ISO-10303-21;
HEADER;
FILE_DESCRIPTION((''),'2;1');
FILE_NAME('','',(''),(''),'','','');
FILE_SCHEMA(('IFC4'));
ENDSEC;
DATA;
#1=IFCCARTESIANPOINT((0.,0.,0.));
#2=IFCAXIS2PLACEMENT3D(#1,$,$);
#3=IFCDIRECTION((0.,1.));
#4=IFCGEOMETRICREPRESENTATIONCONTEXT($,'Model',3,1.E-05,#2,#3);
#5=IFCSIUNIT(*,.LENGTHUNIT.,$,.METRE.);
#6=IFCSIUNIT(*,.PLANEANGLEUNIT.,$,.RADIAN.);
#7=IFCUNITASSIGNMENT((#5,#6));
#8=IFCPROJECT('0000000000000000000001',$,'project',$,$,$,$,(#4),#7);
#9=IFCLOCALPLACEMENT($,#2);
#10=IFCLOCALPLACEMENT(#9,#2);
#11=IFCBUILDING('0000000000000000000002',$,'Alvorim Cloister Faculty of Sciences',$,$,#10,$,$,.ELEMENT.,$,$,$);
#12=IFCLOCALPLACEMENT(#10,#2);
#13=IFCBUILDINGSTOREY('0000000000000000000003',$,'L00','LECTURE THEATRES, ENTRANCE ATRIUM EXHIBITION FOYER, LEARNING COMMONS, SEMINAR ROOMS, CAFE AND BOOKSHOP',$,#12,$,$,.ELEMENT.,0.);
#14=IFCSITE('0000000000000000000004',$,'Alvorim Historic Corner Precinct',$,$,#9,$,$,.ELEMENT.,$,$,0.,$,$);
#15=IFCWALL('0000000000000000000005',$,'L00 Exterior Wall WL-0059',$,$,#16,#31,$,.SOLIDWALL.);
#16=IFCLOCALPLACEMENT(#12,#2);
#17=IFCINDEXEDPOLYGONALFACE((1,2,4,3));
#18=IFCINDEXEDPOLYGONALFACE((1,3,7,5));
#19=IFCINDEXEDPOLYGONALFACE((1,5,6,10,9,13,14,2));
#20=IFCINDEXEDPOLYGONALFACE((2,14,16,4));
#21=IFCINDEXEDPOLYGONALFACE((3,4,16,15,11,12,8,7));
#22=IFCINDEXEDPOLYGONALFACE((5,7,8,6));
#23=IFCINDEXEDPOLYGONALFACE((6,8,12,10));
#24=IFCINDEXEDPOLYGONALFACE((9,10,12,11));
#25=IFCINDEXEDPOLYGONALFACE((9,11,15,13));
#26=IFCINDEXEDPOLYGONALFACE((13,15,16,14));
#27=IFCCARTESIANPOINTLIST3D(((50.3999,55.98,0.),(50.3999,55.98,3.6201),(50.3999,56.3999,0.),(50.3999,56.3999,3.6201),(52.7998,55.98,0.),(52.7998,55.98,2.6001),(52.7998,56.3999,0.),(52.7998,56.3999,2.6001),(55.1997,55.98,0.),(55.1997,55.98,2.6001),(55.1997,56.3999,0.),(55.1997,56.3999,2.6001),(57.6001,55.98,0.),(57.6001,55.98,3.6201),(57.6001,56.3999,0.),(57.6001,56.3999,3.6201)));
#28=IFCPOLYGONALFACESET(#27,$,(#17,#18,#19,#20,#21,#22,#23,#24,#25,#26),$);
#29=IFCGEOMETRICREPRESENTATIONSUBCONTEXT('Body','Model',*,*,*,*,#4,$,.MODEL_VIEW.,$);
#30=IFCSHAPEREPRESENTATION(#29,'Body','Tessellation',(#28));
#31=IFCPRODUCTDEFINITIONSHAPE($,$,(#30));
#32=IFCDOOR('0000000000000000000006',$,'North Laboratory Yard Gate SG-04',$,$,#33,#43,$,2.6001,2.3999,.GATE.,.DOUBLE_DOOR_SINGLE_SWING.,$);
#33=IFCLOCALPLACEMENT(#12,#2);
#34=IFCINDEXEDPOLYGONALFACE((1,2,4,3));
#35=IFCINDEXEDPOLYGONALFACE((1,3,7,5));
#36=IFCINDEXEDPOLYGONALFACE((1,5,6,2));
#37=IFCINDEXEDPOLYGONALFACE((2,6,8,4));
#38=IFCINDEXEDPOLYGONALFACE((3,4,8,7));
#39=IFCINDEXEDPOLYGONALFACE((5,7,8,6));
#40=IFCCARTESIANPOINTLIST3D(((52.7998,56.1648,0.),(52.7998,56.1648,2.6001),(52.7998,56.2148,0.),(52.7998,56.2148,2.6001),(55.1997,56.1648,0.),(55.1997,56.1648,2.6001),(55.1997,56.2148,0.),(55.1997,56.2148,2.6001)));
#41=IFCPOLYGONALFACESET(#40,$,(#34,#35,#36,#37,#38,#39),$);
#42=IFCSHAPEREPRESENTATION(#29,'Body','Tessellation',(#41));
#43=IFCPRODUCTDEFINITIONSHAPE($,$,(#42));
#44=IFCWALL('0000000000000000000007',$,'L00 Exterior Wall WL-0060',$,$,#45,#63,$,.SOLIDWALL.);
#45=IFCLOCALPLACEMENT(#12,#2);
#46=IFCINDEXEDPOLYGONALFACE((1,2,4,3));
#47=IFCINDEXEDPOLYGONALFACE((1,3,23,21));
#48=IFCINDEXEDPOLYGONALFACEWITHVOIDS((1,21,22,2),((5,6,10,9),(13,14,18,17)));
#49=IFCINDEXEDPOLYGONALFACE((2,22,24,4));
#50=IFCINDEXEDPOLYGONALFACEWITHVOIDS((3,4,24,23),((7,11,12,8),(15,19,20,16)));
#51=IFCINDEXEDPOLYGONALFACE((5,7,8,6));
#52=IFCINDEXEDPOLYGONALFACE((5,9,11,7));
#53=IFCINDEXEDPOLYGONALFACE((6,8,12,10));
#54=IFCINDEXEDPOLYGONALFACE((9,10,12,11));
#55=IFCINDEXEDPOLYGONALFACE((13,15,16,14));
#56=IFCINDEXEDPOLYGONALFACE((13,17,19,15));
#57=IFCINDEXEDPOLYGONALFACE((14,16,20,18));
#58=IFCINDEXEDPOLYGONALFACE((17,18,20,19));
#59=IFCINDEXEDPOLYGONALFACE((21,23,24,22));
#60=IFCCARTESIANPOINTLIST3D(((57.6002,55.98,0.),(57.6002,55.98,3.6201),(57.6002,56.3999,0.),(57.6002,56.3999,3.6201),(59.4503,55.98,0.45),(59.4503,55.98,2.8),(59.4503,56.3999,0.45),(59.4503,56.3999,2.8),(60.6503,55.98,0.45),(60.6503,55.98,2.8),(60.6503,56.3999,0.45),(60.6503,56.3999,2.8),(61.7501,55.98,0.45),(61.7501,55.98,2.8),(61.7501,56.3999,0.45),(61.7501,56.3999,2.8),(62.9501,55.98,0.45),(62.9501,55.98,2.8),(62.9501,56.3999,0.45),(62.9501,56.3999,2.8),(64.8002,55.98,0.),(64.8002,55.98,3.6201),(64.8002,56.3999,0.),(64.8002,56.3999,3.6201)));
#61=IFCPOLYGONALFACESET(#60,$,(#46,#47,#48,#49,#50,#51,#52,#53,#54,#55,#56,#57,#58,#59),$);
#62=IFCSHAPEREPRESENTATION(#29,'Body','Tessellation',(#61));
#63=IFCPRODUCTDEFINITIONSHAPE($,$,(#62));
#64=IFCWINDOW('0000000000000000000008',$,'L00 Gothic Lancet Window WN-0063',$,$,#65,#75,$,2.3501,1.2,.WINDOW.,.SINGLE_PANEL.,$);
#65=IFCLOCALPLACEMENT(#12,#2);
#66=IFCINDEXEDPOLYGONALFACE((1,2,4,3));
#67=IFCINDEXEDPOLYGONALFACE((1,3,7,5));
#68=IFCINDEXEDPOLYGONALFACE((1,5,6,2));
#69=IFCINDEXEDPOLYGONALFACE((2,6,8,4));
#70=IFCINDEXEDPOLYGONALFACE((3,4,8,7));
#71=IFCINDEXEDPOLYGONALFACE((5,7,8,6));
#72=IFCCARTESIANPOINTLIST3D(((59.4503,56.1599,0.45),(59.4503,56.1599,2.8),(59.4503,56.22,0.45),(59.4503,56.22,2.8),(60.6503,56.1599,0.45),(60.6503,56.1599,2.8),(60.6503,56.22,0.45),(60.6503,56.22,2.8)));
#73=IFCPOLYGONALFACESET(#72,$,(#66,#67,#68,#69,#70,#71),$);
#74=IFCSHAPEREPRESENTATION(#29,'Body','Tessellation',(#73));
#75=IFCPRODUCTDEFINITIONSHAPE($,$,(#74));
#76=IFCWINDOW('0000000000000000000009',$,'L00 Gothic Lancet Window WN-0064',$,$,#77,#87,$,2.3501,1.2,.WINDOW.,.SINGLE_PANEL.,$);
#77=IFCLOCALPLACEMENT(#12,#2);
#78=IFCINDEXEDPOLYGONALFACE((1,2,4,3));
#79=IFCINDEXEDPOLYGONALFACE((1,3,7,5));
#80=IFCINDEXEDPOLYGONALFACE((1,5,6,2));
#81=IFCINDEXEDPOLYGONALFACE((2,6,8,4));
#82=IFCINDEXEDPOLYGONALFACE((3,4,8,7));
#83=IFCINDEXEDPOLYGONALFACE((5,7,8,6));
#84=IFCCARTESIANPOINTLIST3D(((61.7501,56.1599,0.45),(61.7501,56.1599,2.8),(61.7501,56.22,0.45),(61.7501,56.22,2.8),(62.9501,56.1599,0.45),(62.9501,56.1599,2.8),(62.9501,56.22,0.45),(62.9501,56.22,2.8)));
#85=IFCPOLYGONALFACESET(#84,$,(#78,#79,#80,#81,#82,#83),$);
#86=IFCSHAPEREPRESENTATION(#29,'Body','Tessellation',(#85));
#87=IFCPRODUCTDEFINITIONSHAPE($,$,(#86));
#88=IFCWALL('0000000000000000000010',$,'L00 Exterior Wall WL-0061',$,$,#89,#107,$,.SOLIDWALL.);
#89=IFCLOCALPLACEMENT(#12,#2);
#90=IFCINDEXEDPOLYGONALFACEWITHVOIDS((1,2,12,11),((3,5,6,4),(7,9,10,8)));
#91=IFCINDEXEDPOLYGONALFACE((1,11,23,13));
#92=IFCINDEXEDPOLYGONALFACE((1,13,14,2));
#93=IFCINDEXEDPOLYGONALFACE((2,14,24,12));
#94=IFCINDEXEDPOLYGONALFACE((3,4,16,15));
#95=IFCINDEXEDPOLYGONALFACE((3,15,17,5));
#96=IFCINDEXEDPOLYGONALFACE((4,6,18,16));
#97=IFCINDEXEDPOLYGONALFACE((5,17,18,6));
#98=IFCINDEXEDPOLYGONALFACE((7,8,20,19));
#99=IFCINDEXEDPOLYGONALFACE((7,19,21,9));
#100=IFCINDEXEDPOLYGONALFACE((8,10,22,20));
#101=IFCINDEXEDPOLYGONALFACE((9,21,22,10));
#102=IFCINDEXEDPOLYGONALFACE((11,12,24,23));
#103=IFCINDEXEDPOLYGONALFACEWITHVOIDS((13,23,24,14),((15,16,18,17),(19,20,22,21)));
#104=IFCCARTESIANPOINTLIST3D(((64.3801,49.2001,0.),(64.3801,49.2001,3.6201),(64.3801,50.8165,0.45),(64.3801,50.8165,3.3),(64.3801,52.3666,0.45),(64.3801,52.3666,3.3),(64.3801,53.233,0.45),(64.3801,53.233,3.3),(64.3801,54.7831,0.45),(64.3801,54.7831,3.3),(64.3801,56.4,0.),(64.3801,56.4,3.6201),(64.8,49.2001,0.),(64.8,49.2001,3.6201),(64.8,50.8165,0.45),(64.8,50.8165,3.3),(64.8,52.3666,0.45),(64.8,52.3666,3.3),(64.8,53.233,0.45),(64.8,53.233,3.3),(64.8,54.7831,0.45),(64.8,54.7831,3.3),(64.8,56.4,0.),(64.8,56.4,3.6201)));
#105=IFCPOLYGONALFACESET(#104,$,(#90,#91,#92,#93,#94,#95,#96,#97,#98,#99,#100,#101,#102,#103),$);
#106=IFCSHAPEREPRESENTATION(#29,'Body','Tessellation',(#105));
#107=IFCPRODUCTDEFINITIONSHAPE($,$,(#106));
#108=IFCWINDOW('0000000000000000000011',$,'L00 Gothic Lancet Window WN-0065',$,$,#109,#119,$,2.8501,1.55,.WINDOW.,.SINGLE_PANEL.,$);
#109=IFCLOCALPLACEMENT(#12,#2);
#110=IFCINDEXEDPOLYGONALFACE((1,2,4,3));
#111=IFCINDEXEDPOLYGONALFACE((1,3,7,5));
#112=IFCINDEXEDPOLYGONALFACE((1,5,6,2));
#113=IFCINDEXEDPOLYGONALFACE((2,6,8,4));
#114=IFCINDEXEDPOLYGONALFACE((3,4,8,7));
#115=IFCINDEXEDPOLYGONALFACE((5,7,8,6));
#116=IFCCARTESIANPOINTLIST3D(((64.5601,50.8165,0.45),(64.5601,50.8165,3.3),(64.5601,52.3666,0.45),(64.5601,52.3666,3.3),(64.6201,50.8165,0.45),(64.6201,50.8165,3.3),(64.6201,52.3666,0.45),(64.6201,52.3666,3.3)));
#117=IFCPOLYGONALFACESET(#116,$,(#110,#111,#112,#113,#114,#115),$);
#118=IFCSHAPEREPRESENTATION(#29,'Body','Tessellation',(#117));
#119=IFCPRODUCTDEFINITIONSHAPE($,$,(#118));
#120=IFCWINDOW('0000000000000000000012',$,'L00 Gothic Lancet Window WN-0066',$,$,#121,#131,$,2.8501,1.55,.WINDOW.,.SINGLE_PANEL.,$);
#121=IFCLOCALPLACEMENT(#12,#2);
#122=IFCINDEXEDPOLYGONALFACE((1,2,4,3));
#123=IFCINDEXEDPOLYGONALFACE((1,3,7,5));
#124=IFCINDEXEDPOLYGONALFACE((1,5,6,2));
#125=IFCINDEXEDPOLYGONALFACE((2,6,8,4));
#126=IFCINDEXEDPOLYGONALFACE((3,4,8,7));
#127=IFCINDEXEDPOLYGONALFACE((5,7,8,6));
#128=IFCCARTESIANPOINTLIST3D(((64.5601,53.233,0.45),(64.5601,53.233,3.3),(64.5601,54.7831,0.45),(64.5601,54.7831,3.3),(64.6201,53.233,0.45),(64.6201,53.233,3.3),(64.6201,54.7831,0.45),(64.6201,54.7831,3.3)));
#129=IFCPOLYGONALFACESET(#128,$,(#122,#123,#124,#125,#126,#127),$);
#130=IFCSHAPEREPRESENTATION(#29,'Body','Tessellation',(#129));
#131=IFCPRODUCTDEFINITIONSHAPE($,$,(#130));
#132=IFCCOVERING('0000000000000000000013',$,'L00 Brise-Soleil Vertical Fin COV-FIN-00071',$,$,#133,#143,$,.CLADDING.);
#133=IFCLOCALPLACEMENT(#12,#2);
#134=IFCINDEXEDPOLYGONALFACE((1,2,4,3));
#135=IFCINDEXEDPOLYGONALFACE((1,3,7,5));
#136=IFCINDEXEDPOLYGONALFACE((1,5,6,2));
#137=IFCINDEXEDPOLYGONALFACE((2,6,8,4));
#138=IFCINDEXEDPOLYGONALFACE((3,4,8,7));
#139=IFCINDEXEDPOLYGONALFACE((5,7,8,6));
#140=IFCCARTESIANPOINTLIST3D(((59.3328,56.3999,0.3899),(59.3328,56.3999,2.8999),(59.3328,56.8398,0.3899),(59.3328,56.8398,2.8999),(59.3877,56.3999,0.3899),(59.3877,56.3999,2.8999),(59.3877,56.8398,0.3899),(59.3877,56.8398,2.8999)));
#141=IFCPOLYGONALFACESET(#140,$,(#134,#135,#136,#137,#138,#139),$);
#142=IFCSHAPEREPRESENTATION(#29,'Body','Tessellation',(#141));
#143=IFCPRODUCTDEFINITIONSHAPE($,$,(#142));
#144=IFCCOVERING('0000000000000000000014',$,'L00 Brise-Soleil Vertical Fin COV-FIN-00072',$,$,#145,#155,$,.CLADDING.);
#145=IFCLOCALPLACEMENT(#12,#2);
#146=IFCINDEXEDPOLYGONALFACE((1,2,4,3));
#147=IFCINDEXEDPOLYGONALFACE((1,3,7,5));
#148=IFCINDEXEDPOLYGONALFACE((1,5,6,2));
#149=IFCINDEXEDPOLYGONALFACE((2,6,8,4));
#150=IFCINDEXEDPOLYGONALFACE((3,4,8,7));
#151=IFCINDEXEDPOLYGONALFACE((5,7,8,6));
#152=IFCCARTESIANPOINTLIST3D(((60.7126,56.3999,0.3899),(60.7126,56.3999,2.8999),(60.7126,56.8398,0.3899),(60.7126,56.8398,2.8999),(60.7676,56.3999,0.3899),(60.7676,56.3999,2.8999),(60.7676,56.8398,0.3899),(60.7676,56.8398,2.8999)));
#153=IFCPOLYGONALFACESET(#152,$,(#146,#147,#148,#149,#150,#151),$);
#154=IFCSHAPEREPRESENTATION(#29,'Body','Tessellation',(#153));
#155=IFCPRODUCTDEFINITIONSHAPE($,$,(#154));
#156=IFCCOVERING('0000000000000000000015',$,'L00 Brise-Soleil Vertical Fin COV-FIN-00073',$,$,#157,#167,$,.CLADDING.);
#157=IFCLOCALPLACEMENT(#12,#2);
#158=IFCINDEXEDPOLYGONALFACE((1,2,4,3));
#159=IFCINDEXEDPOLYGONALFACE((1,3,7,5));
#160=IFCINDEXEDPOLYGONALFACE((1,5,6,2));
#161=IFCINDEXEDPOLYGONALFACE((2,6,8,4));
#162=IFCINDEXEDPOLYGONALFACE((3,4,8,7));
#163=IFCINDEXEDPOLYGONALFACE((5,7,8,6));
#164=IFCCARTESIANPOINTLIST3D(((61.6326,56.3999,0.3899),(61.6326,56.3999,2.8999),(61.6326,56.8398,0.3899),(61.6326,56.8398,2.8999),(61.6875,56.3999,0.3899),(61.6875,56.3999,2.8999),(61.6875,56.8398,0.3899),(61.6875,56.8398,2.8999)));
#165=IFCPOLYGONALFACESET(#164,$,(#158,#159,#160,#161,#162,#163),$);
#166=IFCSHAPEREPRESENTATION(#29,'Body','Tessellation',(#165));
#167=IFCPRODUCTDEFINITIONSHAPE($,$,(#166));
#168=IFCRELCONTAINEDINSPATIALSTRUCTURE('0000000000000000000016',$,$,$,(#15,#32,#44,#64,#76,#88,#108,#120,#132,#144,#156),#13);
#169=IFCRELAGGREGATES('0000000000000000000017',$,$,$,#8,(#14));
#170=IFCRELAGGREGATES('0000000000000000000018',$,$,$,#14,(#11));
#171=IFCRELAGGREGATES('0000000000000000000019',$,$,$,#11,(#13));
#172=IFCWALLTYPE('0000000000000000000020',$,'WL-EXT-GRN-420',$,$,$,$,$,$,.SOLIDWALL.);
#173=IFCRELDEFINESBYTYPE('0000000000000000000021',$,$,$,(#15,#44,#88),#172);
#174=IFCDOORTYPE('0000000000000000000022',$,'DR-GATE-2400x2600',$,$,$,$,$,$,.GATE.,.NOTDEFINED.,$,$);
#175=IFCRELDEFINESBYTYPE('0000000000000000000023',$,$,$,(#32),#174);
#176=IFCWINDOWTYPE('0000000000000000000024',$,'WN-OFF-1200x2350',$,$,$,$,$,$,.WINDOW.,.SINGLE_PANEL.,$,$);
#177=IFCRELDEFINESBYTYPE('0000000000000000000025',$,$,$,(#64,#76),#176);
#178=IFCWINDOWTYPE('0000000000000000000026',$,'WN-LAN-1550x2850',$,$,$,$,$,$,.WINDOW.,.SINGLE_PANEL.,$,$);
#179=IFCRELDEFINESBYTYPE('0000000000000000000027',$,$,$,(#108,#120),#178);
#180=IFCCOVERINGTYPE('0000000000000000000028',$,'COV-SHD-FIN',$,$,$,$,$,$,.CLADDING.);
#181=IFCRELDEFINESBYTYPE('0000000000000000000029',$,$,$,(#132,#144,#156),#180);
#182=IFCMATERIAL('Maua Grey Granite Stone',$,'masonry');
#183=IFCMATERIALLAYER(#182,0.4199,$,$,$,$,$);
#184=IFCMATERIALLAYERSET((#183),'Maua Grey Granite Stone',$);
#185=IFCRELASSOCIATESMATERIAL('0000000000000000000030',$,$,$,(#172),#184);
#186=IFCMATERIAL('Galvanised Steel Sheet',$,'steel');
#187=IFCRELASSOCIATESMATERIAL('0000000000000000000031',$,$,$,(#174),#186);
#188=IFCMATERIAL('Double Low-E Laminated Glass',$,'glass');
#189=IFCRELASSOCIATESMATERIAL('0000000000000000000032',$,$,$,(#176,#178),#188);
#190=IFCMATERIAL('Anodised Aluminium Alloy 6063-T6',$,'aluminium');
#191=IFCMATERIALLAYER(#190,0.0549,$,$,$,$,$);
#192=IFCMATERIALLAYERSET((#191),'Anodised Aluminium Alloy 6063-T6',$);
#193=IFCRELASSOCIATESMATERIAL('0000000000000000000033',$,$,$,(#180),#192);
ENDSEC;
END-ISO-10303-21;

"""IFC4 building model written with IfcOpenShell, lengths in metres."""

from ifc_helpers import new_model, si_unit, direction, frame, frame_2d, origin, place, context, subcontext, project, spatial, polyline, rectangle, outline, extrude, material, layer, layer_set, type_object, element, fill, save


model = new_model("IFC4")

# Units and contexts
model_context = context("Model", 3, precision=1e-05, world=origin(), true_north=direction((0.0, 1.0)))
body_context = subcontext(model_context, "Body", "Model", "MODEL_VIEW")
ifc_project = project(units=[si_unit("LENGTHUNIT", "METRE"), si_unit("PLANEANGLEUNIT", "RADIAN")], contexts=[model_context])

# Site, building, storey
site_placement = place(None, origin())
site = spatial("IfcSite", under=ifc_project, at=site_placement, Name="Alvorim Historic Corner Precinct", CompositionType="ELEMENT", RefElevation=0.0)
building_placement = place(site_placement, origin())
building = spatial("IfcBuilding", under=site, at=building_placement, Name="Alvorim Cloister Faculty of Sciences", CompositionType="ELEMENT")
storey_placement = place(building_placement, origin())
storey = spatial("IfcBuildingStorey", under=building, at=storey_placement, Name="L00", Description="LECTURE THEATRES, ENTRANCE ATRIUM EXHIBITION FOYER, LEARNING COMMONS, SEMINAR ROOMS, CAFE AND BOOKSHOP", CompositionType="ELEMENT", Elevation=0.0)

# Wall, opening, door
ifc_material_1 = material(Name="Maua Grey Granite Stone", Category="masonry")
ifc_layer_1 = layer(ifc_material_1, 0.4199)
ifc_layer_set_1 = layer_set([ifc_layer_1], Name="Maua Grey Granite Stone")
wall_type = type_object("IfcWallType", Name="WL-EXT-GRN-420", PredefinedType="SOLIDWALL", material=ifc_layer_set_1)
wall_1_placement = place(storey_placement, frame((50.3999, 56.1899, 0.0), z_axis=(0.0, 0.0, 1.0), x_axis=(1.0, 0.0, 0.0)))
wall_1 = element("IfcWall", 1, at=wall_1_placement, inside=storey, type_object=wall_type, Name="L00 Exterior Wall WL-0059", PredefinedType="SOLIDWALL", context=body_context, shape_type="SweptSolid", body=[
    extrude(rectangle(XDim=7.2002, YDim=0.4199, at=frame_2d((3.6001, 0.0))), origin(), (0.0, 0.0, 1.0), 3.6201),
])
opening_1_placement = place(wall_1_placement, frame((2.3999, 0.0, 0.0)))
opening_1 = element("IfcOpeningElement", 2, at=opening_1_placement, cuts=wall_1, PredefinedType="OPENING", context=body_context, shape_type="SweptSolid", body=[
    extrude(rectangle(XDim=2.3999, YDim=2.6001, at=frame_2d((1.2, 1.3))), frame((0.0, 0.2219, 0.0), z_axis=(0.0, -1.0, 0.0), x_axis=(1.0, 0.0, 0.0)), (0.0, 0.0, 1.0), 0.4438),
])
ifc_material_2 = material(Name="Galvanised Steel Sheet", Category="steel")
door_type = type_object("IfcDoorType", Name="DR-GATE-2400x2600", OperationType="NOTDEFINED", PredefinedType="GATE", material=ifc_material_2)
door_placement = place(opening_1_placement, origin())
door = element("IfcDoor", 3, at=door_placement, inside=storey, type_object=door_type, Name="North Laboratory Yard Gate SG-04", OperationType="DOUBLE_DOOR_SINGLE_SWING", OverallHeight=2.6001, OverallWidth=2.3999, PredefinedType="GATE", context=body_context, shape_type="SweptSolid", body=[
    extrude(rectangle(XDim=2.3999, YDim=2.6001, at=frame_2d((1.2, 1.3))), frame((0.0, 0.0249, 0.0), z_axis=(0.0, -1.0, 0.0), x_axis=(1.0, 0.0, 0.0)), (0.0, 0.0, 1.0), 0.05),
])
fill(opening_1, door)

# Walls, openings, windows
wall_2_placement = place(storey_placement, frame((57.6001, 56.1899, 0.0), z_axis=(0.0, 0.0, 1.0), x_axis=(1.0, 0.0, 0.0)))
wall_2 = element("IfcWall", 4, at=wall_2_placement, inside=storey, type_object=wall_type, Name="L00 Exterior Wall WL-0060", PredefinedType="SOLIDWALL", context=body_context, shape_type="SweptSolid", body=[
    extrude(rectangle(XDim=7.2, YDim=0.4199, at=frame_2d((3.6001, 0.0))), origin(), (0.0, 0.0, 1.0), 3.6201),
])
opening_2_placement = place(wall_2_placement, frame((1.8501, 0.0, 0.45)))
opening_2 = element("IfcOpeningElement", 5, at=opening_2_placement, cuts=wall_2, PredefinedType="OPENING", context=body_context, shape_type="SweptSolid", body=[
    extrude(rectangle(XDim=1.2, YDim=2.3501, at=frame_2d((0.6001, 1.175))), frame((0.0, 0.2219, 0.0), z_axis=(0.0, -1.0, 0.0), x_axis=(1.0, 0.0, 0.0)), (0.0, 0.0, 1.0), 0.4438),
])
opening_3_placement = place(wall_2_placement, frame((4.1499, 0.0, 0.45)))
opening_3 = element("IfcOpeningElement", 6, at=opening_3_placement, cuts=wall_2, PredefinedType="OPENING", context=body_context, shape_type="SweptSolid", body=[
    extrude(rectangle(XDim=1.2, YDim=2.3501, at=frame_2d((0.6001, 1.175))), frame((0.0, 0.2219, 0.0), z_axis=(0.0, -1.0, 0.0), x_axis=(1.0, 0.0, 0.0)), (0.0, 0.0, 1.0), 0.4438),
])
ifc_material_3 = material(Name="Double Low-E Laminated Glass", Category="glass")
window_type_1 = type_object("IfcWindowType", Name="WN-OFF-1200x2350", PartitioningType="SINGLE_PANEL", PredefinedType="WINDOW", material=ifc_material_3)
window_1_placement = place(opening_2_placement, origin())
window_1 = element("IfcWindow", 7, at=window_1_placement, inside=storey, type_object=window_type_1, Name="L00 Gothic Lancet Window WN-0063", OverallHeight=2.3501, OverallWidth=1.2, PartitioningType="SINGLE_PANEL", PredefinedType="WINDOW", context=body_context, shape_type="SweptSolid", body=[
    extrude(rectangle(XDim=1.2, YDim=2.3501, at=frame_2d((0.6001, 1.175))), frame((0.0, 0.03, 0.0), z_axis=(0.0, -1.0, 0.0), x_axis=(1.0, 0.0, 0.0)), (0.0, 0.0, 1.0), 0.0601),
])
fill(opening_2, window_1)
window_2_placement = place(opening_3_placement, origin())
window_2 = element("IfcWindow", 8, at=window_2_placement, inside=storey, type_object=window_type_1, Name="L00 Gothic Lancet Window WN-0064", OverallHeight=2.3501, OverallWidth=1.2, PartitioningType="SINGLE_PANEL", PredefinedType="WINDOW", context=body_context, shape_type="SweptSolid", body=[
    extrude(rectangle(XDim=1.2, YDim=2.3501, at=frame_2d((0.6001, 1.175))), frame((0.0, 0.03, 0.0), z_axis=(0.0, -1.0, 0.0), x_axis=(1.0, 0.0, 0.0)), (0.0, 0.0, 1.0), 0.0601),
])
fill(opening_3, window_2)
wall_3_placement = place(storey_placement, frame((64.5901, 49.2, 0.0), z_axis=(0.0, 0.0, 1.0), x_axis=(0.0, 1.0, 0.0)))
wall_3 = element("IfcWall", 9, at=wall_3_placement, inside=storey, type_object=wall_type, Name="L00 Exterior Wall WL-0061", PredefinedType="SOLIDWALL", context=body_context, shape_type="SweptSolid", body=[
    extrude(rectangle(XDim=7.2, YDim=0.4199, at=frame_2d((3.6001, 0.0))), origin(), (0.0, 0.0, 1.0), 3.6201),
])
opening_4_placement = place(wall_3_placement, frame((1.6167, 0.0, 0.45)))
opening_4 = element("IfcOpeningElement", 10, at=opening_4_placement, cuts=wall_3, PredefinedType="OPENING", context=body_context, shape_type="SweptSolid", body=[
    extrude(rectangle(XDim=1.55, YDim=2.8501, at=frame_2d((0.7749, 1.425))), frame((0.0, 0.2219, 0.0), z_axis=(0.0, -1.0, 0.0), x_axis=(1.0, 0.0, 0.0)), (0.0, 0.0, 1.0), 0.4438),
])
opening_5_placement = place(wall_3_placement, frame((4.0332, 0.0, 0.45)))
opening_5 = element("IfcOpeningElement", 11, at=opening_5_placement, cuts=wall_3, PredefinedType="OPENING", context=body_context, shape_type="SweptSolid", body=[
    extrude(rectangle(XDim=1.55, YDim=2.8501, at=frame_2d((0.7749, 1.425))), frame((0.0, 0.2219, 0.0), z_axis=(0.0, -1.0, 0.0), x_axis=(1.0, 0.0, 0.0)), (0.0, 0.0, 1.0), 0.4438),
])
window_type_2 = type_object("IfcWindowType", Name="WN-LAN-1550x2850", PartitioningType="SINGLE_PANEL", PredefinedType="WINDOW", material=ifc_material_3)
window_3_placement = place(opening_4_placement, origin())
window_3 = element("IfcWindow", 12, at=window_3_placement, inside=storey, type_object=window_type_2, Name="L00 Gothic Lancet Window WN-0065", OverallHeight=2.8501, OverallWidth=1.55, PartitioningType="SINGLE_PANEL", PredefinedType="WINDOW", context=body_context, shape_type="SweptSolid", body=[
    extrude(rectangle(XDim=1.55, YDim=2.8501, at=frame_2d((0.7749, 1.425))), frame((0.0, 0.03, 0.0), z_axis=(0.0, -1.0, 0.0), x_axis=(1.0, 0.0, 0.0)), (0.0, 0.0, 1.0), 0.0601),
])
fill(opening_4, window_3)
window_4_placement = place(opening_5_placement, origin())
window_4 = element("IfcWindow", 13, at=window_4_placement, inside=storey, type_object=window_type_2, Name="L00 Gothic Lancet Window WN-0066", OverallHeight=2.8501, OverallWidth=1.55, PartitioningType="SINGLE_PANEL", PredefinedType="WINDOW", context=body_context, shape_type="SweptSolid", body=[
    extrude(rectangle(XDim=1.55, YDim=2.8501, at=frame_2d((0.7749, 1.425))), frame((0.0, 0.03, 0.0), z_axis=(0.0, -1.0, 0.0), x_axis=(1.0, 0.0, 0.0)), (0.0, 0.0, 1.0), 0.0601),
])
fill(opening_5, window_4)

# Coverings
ifc_material_4 = material(Name="Anodised Aluminium Alloy 6063-T6", Category="aluminium")
ifc_layer_2 = layer(ifc_material_4, 0.0549)
ifc_layer_set_2 = layer_set([ifc_layer_2], Name="Anodised Aluminium Alloy 6063-T6")
covering_type = type_object("IfcCoveringType", Name="COV-SHD-FIN", PredefinedType="CLADDING", material=ifc_layer_set_2)
for number, where, z_axis, x_axis, name in (
    (14, (59.3601, 56.3999, 0.3899), (0.0, 0.0, 1.0), (0.0, 1.0, 0.0), "L00 Brise-Soleil Vertical Fin COV-FIN-00071"),
    (15, (60.74, 56.3999, 0.3899), (0.0, 0.0, 1.0), (0.0, 1.0, 0.0), "L00 Brise-Soleil Vertical Fin COV-FIN-00072"),
    (16, (61.6599, 56.3999, 0.3899), (0.0, 0.0, 1.0), (0.0, 1.0, 0.0), "L00 Brise-Soleil Vertical Fin COV-FIN-00073"),
):
    element("IfcCovering", number, at=place(storey_placement, frame(where, z_axis=z_axis, x_axis=x_axis)), inside=storey, type_object=covering_type, Name=name, PredefinedType="CLADDING", context=body_context, shape_type="SweptSolid", body=[
        extrude(outline(polyline([(0.0, 0.0), (0.4399, 0.0), (0.4399, 2.51), (0.0, 2.51), (0.0, 0.0)])), frame((0.0, 0.0273, 0.0), z_axis=(0.0, -1.0, 0.0), x_axis=(1.0, 0.0, 0.0)), (0.0, 0.0, 1.0), 0.0549),
    ])

save(model, "model.ifc")
